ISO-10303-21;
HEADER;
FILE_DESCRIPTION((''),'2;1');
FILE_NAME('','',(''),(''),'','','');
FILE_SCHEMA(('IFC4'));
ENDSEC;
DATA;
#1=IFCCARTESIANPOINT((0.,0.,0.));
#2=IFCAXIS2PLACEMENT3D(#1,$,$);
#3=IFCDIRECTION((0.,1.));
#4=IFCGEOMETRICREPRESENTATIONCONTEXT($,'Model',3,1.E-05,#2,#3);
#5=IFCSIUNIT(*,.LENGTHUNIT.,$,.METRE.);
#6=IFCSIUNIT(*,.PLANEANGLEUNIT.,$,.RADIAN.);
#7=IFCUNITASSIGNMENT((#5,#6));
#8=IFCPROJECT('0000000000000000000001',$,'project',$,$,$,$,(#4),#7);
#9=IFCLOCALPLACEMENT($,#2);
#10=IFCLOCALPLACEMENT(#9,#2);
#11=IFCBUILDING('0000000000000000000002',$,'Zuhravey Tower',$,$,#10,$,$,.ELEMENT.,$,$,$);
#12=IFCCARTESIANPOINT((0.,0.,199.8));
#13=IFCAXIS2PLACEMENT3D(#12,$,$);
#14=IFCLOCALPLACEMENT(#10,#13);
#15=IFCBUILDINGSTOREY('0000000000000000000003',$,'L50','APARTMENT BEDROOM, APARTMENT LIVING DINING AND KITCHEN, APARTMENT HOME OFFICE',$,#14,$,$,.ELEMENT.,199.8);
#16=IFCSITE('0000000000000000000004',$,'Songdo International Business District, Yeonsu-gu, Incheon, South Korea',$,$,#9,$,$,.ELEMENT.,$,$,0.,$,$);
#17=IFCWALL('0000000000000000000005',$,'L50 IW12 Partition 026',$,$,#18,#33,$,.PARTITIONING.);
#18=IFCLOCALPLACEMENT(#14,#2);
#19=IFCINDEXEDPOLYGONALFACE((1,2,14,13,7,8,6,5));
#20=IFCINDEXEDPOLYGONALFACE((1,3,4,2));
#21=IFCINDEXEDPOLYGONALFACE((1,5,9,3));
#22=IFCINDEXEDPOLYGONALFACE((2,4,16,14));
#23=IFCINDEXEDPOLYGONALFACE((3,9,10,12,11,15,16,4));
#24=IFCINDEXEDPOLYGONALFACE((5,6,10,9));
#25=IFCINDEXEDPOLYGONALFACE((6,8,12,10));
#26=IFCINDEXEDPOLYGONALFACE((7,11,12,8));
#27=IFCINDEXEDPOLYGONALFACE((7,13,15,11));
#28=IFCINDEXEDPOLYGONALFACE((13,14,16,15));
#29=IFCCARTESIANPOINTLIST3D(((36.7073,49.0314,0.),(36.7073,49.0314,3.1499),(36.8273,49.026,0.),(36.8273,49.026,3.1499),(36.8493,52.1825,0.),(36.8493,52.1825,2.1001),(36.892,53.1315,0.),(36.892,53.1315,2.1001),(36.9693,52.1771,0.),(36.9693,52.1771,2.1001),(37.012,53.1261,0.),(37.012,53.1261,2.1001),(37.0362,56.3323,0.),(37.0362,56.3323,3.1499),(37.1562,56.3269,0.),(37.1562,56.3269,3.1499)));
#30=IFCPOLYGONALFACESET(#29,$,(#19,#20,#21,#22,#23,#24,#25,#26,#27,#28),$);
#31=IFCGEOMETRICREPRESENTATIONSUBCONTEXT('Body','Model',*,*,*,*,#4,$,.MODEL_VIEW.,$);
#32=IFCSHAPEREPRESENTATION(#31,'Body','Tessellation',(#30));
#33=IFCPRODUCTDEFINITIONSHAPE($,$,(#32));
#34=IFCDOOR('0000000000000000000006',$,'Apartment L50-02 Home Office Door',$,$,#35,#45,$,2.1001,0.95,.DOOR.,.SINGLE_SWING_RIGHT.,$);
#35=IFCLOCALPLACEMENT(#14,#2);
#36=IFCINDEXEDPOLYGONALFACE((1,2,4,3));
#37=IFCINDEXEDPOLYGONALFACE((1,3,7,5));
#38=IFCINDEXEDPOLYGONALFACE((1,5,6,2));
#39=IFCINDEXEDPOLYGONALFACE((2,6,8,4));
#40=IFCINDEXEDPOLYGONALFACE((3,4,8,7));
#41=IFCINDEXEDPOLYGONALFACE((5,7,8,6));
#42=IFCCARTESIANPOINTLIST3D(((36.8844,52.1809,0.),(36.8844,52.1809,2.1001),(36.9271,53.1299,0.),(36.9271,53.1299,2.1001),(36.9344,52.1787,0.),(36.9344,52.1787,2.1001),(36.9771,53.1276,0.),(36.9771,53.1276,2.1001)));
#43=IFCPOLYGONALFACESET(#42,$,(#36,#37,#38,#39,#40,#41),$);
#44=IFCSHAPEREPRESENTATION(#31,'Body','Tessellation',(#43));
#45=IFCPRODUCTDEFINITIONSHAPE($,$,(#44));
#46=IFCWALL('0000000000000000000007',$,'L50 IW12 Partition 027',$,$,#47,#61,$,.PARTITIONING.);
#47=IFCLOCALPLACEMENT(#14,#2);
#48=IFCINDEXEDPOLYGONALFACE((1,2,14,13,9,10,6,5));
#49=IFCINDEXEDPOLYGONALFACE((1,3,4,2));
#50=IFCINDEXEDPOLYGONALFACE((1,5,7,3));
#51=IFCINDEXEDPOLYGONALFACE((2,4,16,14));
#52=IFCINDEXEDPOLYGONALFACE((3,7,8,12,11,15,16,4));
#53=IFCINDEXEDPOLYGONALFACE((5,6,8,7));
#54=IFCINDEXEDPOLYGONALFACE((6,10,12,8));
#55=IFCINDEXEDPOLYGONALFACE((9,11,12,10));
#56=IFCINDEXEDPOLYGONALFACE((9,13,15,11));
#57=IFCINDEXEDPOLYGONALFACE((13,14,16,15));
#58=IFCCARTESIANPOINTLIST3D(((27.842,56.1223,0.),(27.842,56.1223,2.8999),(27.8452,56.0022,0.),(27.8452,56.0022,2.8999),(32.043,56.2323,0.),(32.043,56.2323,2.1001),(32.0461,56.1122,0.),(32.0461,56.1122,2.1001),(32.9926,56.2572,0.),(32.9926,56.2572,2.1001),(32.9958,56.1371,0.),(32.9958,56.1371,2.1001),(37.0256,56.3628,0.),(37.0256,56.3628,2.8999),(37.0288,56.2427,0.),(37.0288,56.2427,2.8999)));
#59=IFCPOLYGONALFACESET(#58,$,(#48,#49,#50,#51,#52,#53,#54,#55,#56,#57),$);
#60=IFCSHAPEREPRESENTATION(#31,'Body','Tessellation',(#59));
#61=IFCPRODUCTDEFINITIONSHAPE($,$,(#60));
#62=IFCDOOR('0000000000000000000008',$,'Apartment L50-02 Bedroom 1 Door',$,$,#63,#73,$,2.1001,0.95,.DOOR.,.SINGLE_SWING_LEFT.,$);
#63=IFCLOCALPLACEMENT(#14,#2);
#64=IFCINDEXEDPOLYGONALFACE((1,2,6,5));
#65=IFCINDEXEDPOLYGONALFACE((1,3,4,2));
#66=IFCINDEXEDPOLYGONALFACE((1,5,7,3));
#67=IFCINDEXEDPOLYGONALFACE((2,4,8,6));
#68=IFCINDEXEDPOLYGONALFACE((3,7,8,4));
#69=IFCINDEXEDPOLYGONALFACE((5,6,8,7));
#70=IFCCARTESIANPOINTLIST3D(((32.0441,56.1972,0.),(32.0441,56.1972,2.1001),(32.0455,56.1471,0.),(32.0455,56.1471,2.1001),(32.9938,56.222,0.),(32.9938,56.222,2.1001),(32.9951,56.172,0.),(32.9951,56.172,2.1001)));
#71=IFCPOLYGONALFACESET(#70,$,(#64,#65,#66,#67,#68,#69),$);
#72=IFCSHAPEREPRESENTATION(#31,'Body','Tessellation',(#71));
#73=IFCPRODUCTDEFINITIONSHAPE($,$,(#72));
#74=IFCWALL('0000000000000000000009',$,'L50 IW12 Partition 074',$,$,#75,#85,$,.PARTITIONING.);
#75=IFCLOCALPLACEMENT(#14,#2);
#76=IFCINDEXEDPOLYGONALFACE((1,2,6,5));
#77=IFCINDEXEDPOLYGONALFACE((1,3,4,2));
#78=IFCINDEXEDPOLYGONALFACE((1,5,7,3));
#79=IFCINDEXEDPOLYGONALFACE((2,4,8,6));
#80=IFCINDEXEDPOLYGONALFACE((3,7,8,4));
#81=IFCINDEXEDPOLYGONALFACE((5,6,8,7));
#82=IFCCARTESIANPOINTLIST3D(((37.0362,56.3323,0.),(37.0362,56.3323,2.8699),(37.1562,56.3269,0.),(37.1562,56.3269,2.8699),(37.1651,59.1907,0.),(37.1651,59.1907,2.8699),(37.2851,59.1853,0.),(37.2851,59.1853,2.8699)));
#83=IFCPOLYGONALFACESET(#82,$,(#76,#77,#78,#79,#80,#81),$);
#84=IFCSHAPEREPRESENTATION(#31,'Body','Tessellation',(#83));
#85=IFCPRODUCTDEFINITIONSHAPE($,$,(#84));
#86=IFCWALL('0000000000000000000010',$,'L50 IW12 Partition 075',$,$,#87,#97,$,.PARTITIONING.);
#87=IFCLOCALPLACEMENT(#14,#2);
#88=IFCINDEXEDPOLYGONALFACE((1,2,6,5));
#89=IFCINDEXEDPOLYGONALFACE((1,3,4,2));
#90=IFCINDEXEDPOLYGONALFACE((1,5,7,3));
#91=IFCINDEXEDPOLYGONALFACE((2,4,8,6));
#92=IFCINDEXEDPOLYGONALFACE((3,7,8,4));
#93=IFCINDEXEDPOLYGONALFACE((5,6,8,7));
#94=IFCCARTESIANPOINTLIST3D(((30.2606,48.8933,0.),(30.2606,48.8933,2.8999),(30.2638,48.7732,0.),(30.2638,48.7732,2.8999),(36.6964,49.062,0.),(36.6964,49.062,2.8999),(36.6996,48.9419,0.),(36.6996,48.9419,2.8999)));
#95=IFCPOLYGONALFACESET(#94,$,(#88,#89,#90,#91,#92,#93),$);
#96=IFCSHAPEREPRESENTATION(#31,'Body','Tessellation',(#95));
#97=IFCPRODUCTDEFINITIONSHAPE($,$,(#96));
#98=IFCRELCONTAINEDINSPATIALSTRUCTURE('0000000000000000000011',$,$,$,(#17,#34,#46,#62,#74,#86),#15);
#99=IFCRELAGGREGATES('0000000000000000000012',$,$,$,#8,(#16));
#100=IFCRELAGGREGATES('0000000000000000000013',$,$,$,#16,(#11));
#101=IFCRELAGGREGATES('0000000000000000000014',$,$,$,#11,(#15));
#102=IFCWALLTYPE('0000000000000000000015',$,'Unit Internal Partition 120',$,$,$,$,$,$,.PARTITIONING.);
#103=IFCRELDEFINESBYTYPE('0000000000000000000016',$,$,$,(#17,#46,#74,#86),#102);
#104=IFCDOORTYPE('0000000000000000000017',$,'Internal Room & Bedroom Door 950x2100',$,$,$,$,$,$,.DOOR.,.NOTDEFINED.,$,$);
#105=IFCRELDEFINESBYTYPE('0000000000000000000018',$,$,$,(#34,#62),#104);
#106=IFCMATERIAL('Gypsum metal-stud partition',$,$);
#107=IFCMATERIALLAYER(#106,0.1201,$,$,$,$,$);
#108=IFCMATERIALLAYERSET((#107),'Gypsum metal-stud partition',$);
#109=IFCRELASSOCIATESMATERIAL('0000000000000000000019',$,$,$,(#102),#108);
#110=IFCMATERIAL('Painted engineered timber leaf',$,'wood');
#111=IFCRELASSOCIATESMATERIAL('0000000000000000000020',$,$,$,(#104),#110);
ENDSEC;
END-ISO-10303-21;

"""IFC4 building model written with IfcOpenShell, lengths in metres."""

from ifc_helpers import new_model, si_unit, direction, frame, frame_2d, origin, place, context, subcontext, project, spatial, rectangle, extrude, material, layer, layer_set, type_object, element, fill, save


model = new_model("IFC4")

# Units and contexts
model_context = context("Model", 3, precision=1e-05, world=origin(), true_north=direction((0.0, 1.0)))
body_context = subcontext(model_context, "Body", "Model", "MODEL_VIEW")
ifc_project = project(units=[si_unit("LENGTHUNIT", "METRE"), si_unit("PLANEANGLEUNIT", "RADIAN")], contexts=[model_context])

# Site, building, storey
site_placement = place(None, origin())
site = spatial("IfcSite", under=ifc_project, at=site_placement, Name="Songdo International Business District, Yeonsu-gu, Incheon, South Korea", CompositionType="ELEMENT", RefElevation=0.0)
building_placement = place(site_placement, origin())
building = spatial("IfcBuilding", under=site, at=building_placement, Name="Zuhravey Tower", CompositionType="ELEMENT")
storey_placement = place(building_placement, frame((0.0, 0.0, 199.8)))
storey = spatial("IfcBuildingStorey", under=building, at=storey_placement, Name="L50", Description="APARTMENT BEDROOM, APARTMENT LIVING DINING AND KITCHEN, APARTMENT HOME OFFICE", CompositionType="ELEMENT", Elevation=199.8)

# Shared definitions
ifc_material_1 = material(Name="Gypsum metal-stud partition")
ifc_layer_1 = layer(ifc_material_1, 0.1201)
ifc_layer_set_1 = layer_set([ifc_layer_1], Name="Gypsum metal-stud partition")
wall_type_1 = type_object("IfcWallType", Name="Unit Internal Partition 120", PredefinedType="PARTITIONING", material=ifc_layer_set_1)
ifc_material_2 = material(Name="Painted engineered timber leaf", Category="wood")
door_type_1 = type_object("IfcDoorType", Name="Internal Room & Bedroom Door 950x2100", OperationType="NOTDEFINED", PredefinedType="DOOR", material=ifc_material_2)

# Walls, openings, doors
wall_1_placement = place(storey_placement, frame((36.7673, 49.0286, 0.0), z_axis=(0.0, 0.0, 1.0), x_axis=(0.044997, 0.998987, 0.0)))
wall_1 = element("IfcWall", 1, at=wall_1_placement, inside=storey, type_object=wall_type_1, Name="L50 IW12 Partition 026", PredefinedType="PARTITIONING", context=body_context, shape_type="SweptSolid", body=[
    extrude(rectangle(XDim=7.3083, YDim=0.1201, at=frame_2d((3.6543, 0.0))), origin(), (0.0, 0.0, 1.0), 3.1499),
])
opening_1_placement = place(wall_1_placement, frame((3.1543, 0.0, 0.0)))
opening_1 = element("IfcOpeningElement", 2, at=opening_1_placement, cuts=wall_1, PredefinedType="OPENING", context=body_context, shape_type="SweptSolid", body=[
    extrude(rectangle(XDim=0.95, YDim=2.1001, at=frame_2d((0.4751, 1.05))), frame((0.0, 0.072, 0.0), z_axis=(0.0, -1.0, 0.0), x_axis=(1.0, 0.0, 0.0)), (0.0, 0.0, 1.0), 0.144),
])
door_1_placement = place(opening_1_placement, origin())
door_1 = element("IfcDoor", 3, at=door_1_placement, inside=storey, type_object=door_type_1, Name="Apartment L50-02 Home Office Door", OperationType="SINGLE_SWING_RIGHT", OverallHeight=2.1001, OverallWidth=0.95, PredefinedType="DOOR", context=body_context, shape_type="SweptSolid", body=[
    extrude(rectangle(XDim=0.95, YDim=2.1001, at=frame_2d((0.4751, 1.05))), frame((0.0, 0.0249, 0.0), z_axis=(0.0, -1.0, 0.0), x_axis=(1.0, 0.0, 0.0)), (0.0, 0.0, 1.0), 0.05),
])
fill(opening_1, door_1)
wall_2_placement = place(storey_placement, frame((37.0271, 56.3027, 0.0), z_axis=(0.0, 0.0, 1.0), x_axis=(-0.999657, -0.026177, 0.0)))
wall_2 = element("IfcWall", 4, at=wall_2_placement, inside=storey, type_object=wall_type_1, Name="L50 IW12 Partition 027", PredefinedType="PARTITIONING", context=body_context, shape_type="SweptSolid", body=[
    extrude(rectangle(XDim=9.1868, YDim=0.1201, at=frame_2d((4.5933, 0.0))), origin(), (0.0, 0.0, 1.0), 2.8999),
])
opening_2_placement = place(wall_2_placement, frame((4.0342, 0.0, 0.0)))
opening_2 = element("IfcOpeningElement", 5, at=opening_2_placement, cuts=wall_2, PredefinedType="OPENING", context=body_context, shape_type="SweptSolid", body=[
    extrude(rectangle(XDim=0.95, YDim=2.1001, at=frame_2d((0.4751, 1.05))), frame((0.0, 0.072, 0.0), z_axis=(0.0, -1.0, 0.0), x_axis=(1.0, 0.0, 0.0)), (0.0, 0.0, 1.0), 0.144),
])
door_2_placement = place(opening_2_placement, frame((0.95, 0.0, 0.0), z_axis=(0.0, 0.0, 1.0), x_axis=(-1.0, 0.0, 0.0)))
door_2 = element("IfcDoor", 6, at=door_2_placement, inside=storey, type_object=door_type_1, Name="Apartment L50-02 Bedroom 1 Door", OperationType="SINGLE_SWING_LEFT", OverallHeight=2.1001, OverallWidth=0.95, PredefinedType="DOOR", context=body_context, shape_type="SweptSolid", body=[
    extrude(rectangle(XDim=0.95, YDim=2.1001, at=frame_2d((0.4751, 1.05))), frame((0.0, 0.0249, 0.0), z_axis=(0.0, -1.0, 0.0), x_axis=(1.0, 0.0, 0.0)), (0.0, 0.0, 1.0), 0.05),
])
fill(opening_2, door_2)

# Walls
wall_3_placement = place(storey_placement, frame((37.0962, 56.3296, 0.0), z_axis=(0.0, 0.0, 1.0), x_axis=(0.045052, 0.998985, 0.0)))
element("IfcWall", 7, at=wall_3_placement, inside=storey, type_object=wall_type_1, Name="L50 IW12 Partition 074", PredefinedType="PARTITIONING", context=body_context, shape_type="SweptSolid", body=[
    extrude(rectangle(XDim=2.8613, YDim=0.1201, at=frame_2d((1.4307, 0.0))), origin(), (0.0, 0.0, 1.0), 2.8699),
])
wall_4_placement = place(storey_placement, frame((36.698, 49.002, 0.0), z_axis=(0.0, 0.0, 1.0), x_axis=(-0.999657, -0.026204, 0.0)))
element("IfcWall", 8, at=wall_4_placement, inside=storey, type_object=wall_type_1, Name="L50 IW12 Partition 075", PredefinedType="PARTITIONING", context=body_context, shape_type="SweptSolid", body=[
    extrude(rectangle(XDim=6.438, YDim=0.1201, at=frame_2d((3.219, 0.0))), origin(), (0.0, 0.0, 1.0), 2.8999),
])

save(model, "model.ifc")
